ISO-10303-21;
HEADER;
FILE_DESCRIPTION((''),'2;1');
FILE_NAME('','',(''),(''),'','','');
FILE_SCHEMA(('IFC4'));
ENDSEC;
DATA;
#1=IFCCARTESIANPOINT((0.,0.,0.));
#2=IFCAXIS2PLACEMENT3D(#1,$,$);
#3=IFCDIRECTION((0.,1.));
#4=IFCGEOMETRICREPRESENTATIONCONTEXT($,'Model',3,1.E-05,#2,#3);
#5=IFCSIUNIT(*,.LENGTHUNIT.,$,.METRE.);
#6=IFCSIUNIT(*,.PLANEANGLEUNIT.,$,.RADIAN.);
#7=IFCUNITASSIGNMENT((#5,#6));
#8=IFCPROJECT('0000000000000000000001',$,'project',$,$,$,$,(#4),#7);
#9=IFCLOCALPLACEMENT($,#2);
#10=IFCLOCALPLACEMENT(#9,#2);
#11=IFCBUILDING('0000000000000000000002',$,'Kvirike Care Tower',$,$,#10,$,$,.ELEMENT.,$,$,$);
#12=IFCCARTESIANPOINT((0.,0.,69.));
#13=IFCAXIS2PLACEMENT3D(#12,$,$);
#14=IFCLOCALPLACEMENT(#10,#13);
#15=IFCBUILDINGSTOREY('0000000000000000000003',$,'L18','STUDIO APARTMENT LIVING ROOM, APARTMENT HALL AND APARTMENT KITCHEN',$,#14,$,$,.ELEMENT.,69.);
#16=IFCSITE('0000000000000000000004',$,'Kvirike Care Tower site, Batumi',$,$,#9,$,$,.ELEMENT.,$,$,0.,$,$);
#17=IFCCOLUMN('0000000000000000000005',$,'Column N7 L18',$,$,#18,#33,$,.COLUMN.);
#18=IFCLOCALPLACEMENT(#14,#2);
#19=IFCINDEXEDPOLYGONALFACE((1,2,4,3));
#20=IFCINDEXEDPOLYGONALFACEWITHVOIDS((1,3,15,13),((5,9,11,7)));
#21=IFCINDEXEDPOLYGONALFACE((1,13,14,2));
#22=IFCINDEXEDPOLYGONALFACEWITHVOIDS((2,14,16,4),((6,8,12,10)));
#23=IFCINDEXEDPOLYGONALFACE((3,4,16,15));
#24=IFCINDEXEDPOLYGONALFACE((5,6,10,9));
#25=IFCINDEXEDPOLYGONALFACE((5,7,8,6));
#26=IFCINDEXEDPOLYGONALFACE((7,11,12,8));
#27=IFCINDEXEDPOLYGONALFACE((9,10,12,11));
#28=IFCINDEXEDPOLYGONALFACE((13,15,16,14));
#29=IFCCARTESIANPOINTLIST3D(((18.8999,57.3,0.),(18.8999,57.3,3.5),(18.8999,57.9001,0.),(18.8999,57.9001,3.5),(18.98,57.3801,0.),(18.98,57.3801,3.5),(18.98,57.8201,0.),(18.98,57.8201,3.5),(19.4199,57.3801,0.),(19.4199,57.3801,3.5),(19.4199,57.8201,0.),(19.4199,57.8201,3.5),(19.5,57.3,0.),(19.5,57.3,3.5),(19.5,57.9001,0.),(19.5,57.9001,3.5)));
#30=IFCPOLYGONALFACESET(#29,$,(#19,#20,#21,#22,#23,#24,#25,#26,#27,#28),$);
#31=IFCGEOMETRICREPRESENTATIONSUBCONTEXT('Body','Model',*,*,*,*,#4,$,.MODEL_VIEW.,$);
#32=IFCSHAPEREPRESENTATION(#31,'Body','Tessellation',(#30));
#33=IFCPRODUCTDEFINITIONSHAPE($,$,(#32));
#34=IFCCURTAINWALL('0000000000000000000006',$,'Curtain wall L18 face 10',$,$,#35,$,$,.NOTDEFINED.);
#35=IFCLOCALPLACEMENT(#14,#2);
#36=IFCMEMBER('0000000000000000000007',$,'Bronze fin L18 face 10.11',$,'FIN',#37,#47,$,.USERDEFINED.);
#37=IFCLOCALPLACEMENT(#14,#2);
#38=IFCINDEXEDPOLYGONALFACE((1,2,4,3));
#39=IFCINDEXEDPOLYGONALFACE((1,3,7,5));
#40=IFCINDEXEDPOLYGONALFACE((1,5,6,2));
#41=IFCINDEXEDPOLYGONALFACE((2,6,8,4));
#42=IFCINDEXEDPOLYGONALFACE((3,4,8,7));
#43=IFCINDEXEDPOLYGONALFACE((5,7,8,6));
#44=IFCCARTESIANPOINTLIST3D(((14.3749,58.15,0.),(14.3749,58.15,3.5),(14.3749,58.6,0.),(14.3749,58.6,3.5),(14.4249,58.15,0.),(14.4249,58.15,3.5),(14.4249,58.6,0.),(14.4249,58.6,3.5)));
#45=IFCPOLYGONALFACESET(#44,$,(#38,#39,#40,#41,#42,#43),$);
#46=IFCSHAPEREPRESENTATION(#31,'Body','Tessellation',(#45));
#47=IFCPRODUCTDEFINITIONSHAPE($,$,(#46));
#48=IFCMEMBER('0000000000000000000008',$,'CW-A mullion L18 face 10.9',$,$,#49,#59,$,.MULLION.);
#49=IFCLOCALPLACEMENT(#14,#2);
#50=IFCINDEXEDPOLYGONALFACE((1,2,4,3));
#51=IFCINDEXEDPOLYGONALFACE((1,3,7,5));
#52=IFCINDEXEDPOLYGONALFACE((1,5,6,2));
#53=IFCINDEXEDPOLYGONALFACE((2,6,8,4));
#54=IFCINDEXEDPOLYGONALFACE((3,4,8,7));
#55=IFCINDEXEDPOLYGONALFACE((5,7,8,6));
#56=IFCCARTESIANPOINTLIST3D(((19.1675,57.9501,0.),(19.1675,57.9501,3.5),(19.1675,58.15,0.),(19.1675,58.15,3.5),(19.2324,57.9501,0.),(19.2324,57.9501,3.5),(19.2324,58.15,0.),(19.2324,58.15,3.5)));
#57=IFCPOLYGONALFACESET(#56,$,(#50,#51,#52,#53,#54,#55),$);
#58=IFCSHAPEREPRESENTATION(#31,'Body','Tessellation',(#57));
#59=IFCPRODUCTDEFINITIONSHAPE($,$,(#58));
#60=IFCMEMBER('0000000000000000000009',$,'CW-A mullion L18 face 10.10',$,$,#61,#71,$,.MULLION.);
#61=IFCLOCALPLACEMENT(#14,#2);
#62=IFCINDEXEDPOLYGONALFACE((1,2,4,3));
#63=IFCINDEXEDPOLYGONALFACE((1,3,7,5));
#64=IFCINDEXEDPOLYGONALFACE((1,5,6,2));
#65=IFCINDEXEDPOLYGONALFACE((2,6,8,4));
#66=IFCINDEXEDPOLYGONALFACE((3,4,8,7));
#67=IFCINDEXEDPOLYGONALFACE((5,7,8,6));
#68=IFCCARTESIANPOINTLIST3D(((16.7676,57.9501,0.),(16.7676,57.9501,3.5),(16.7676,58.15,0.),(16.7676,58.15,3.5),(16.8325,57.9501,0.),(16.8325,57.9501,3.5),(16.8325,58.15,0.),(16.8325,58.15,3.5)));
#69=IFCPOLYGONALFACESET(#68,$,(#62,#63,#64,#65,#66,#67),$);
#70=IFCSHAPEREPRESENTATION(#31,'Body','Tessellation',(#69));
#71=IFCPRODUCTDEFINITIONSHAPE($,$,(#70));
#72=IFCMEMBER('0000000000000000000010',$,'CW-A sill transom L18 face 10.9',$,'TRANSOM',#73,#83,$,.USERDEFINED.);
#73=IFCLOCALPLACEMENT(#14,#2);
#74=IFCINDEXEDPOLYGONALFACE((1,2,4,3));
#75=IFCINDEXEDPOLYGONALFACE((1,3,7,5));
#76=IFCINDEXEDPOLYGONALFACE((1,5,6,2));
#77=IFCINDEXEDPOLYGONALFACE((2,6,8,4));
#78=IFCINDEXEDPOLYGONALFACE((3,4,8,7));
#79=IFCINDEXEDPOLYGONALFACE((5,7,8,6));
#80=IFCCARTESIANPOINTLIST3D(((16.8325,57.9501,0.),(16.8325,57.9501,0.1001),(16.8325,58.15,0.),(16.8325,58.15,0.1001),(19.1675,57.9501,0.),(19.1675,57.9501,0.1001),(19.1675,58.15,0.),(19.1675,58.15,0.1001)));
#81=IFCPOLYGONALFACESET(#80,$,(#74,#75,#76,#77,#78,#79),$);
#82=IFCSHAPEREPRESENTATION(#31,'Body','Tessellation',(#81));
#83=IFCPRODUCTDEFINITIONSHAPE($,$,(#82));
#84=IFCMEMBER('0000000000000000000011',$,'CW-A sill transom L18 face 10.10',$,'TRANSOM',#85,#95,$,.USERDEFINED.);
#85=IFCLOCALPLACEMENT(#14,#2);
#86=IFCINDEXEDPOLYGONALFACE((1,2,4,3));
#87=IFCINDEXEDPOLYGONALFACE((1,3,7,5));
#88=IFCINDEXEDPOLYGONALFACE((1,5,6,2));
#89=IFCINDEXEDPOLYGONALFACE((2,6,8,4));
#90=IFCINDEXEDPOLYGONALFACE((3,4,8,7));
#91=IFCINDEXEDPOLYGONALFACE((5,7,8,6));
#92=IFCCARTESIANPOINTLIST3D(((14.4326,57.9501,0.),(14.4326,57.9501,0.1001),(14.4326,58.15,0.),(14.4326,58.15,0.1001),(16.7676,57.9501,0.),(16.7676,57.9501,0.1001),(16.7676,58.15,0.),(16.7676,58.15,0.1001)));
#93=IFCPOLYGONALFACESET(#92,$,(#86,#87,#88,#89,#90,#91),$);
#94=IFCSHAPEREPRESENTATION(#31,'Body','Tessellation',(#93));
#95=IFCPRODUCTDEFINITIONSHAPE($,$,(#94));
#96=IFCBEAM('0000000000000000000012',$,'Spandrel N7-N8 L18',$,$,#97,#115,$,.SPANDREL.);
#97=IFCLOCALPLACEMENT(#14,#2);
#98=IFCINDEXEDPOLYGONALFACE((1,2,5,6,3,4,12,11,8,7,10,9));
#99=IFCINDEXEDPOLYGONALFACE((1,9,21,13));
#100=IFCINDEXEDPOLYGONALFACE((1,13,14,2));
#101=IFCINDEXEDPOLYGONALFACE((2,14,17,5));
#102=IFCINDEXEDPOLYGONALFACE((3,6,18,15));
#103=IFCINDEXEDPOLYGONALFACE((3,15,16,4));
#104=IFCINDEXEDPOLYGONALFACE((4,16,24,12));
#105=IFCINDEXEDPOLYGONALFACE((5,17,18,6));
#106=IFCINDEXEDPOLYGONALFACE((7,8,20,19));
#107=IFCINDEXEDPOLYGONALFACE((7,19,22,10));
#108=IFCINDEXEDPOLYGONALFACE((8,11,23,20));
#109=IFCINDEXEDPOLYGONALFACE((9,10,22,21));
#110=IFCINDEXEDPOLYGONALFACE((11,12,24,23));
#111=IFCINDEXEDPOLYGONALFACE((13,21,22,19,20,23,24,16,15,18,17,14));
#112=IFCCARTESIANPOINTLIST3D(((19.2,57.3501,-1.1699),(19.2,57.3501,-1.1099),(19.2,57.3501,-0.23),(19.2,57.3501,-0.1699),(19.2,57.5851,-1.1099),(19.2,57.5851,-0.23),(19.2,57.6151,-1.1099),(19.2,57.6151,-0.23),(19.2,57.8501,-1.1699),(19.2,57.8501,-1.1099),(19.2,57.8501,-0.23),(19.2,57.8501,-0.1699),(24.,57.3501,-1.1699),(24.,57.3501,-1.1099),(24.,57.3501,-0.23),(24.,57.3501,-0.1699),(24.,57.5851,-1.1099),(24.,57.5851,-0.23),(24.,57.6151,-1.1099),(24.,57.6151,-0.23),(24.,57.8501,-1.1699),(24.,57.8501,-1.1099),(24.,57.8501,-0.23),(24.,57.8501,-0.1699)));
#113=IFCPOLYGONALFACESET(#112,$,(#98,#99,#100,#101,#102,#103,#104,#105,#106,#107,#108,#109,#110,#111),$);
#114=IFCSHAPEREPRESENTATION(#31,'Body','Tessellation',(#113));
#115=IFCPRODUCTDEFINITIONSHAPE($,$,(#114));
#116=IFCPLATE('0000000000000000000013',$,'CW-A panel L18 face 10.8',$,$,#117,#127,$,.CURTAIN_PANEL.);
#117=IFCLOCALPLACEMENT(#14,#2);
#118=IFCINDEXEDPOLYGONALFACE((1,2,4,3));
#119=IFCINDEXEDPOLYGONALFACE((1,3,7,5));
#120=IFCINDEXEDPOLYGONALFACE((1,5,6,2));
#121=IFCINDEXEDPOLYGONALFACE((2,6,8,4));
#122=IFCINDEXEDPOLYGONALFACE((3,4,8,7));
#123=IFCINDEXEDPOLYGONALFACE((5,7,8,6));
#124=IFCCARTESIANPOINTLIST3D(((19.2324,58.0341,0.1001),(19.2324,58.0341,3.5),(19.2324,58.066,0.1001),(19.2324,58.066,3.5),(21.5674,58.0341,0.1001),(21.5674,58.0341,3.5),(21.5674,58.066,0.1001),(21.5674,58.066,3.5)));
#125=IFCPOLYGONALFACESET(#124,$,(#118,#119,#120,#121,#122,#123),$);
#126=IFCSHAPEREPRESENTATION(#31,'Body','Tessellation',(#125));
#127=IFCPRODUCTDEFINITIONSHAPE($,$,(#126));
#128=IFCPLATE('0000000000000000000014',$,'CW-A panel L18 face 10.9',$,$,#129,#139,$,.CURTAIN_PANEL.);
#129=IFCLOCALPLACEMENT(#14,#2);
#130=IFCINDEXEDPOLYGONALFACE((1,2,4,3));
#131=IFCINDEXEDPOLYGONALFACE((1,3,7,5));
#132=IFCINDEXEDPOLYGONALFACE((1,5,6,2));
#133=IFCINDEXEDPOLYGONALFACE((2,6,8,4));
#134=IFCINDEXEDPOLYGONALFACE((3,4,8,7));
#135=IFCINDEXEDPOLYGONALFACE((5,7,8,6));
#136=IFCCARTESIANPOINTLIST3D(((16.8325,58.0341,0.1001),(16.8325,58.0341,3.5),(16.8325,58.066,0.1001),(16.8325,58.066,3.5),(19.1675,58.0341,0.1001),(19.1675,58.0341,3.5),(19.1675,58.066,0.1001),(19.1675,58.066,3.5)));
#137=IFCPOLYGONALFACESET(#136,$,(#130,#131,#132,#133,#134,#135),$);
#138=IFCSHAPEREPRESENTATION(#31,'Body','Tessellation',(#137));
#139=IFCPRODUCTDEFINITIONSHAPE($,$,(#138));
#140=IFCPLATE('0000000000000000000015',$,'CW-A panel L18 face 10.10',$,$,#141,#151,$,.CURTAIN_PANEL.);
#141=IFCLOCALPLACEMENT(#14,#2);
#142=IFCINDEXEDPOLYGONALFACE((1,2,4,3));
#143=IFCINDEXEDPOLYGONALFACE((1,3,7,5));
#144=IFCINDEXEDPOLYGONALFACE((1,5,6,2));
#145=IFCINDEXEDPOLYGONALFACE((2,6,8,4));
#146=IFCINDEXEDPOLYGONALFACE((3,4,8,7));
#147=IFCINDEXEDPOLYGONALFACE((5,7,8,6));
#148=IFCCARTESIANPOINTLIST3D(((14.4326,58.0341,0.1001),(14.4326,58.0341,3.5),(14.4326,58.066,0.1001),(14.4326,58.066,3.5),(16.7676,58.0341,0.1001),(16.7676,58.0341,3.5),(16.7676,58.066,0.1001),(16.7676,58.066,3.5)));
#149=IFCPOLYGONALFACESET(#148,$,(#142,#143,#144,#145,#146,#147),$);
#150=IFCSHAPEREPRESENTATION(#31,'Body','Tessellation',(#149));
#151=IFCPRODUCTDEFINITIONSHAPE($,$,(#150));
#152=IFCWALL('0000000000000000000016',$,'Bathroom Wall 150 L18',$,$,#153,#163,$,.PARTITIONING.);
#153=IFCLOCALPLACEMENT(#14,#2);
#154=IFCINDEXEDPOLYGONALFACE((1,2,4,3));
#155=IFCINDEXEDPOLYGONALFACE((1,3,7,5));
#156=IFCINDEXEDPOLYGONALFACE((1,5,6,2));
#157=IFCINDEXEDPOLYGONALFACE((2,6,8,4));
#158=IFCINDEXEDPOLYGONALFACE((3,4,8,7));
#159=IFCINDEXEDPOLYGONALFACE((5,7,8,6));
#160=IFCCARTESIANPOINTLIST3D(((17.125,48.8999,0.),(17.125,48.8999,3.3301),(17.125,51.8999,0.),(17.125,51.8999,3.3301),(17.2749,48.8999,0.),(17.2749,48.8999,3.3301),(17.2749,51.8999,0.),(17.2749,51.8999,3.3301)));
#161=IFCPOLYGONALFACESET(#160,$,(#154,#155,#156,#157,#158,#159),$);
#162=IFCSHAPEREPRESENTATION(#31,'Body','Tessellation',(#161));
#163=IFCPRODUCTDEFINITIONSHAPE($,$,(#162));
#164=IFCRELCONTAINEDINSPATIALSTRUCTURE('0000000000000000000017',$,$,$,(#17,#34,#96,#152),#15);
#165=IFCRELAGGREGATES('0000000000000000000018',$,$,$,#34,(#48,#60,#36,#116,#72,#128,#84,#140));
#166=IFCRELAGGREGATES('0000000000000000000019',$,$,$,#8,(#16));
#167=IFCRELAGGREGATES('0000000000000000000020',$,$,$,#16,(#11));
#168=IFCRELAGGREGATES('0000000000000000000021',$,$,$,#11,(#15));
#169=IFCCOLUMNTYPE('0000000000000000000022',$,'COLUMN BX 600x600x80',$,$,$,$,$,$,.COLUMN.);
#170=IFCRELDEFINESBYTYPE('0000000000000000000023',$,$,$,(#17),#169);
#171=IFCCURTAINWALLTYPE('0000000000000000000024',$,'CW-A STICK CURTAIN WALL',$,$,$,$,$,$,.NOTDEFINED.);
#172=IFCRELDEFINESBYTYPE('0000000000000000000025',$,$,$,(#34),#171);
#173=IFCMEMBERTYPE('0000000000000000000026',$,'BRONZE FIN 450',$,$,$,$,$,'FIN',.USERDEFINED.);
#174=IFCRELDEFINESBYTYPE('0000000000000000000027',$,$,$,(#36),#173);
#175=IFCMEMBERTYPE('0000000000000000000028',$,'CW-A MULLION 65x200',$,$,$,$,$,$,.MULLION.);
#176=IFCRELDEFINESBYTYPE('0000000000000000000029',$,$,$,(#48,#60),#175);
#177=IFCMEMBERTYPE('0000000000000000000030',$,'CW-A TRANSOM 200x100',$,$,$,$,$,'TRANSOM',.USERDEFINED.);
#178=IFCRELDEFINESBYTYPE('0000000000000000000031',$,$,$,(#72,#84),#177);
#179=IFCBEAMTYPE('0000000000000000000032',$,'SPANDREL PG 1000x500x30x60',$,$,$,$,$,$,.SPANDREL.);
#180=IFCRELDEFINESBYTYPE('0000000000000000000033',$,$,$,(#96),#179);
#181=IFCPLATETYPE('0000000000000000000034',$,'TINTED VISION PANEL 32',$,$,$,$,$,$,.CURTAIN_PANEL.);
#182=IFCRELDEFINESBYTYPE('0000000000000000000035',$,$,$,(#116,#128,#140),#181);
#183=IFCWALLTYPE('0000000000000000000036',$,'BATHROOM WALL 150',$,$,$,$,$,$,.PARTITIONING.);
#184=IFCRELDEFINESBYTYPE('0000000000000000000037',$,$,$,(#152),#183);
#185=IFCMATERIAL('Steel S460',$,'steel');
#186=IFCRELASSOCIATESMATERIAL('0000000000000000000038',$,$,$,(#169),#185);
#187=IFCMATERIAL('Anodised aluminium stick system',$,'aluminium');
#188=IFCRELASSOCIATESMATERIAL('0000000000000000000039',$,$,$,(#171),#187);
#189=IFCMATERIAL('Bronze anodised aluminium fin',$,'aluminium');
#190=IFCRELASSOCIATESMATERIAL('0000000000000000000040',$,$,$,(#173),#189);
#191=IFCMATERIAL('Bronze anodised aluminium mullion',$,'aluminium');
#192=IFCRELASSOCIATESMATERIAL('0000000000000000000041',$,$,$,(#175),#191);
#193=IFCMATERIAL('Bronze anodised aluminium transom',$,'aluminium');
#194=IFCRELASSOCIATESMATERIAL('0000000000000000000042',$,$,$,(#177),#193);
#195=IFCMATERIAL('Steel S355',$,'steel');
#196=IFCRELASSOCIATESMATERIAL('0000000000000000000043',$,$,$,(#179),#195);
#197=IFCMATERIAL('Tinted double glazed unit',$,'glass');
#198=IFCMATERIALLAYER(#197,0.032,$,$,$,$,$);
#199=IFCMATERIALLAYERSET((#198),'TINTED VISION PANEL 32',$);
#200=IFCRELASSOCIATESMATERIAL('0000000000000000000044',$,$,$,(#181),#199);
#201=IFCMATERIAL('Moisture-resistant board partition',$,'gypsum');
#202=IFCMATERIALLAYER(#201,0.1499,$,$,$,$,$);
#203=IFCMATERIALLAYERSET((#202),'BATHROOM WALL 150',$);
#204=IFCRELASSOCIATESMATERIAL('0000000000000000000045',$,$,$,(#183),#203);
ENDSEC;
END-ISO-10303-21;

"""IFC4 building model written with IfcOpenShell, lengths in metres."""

from ifc_helpers import new_model, si_unit, direction, frame, frame_2d, origin, origin_2d, place, context, subcontext, project, spatial, rectangle, hollow_rectangle, i_section, extrude, material, layer, layer_set, material_profile, profile_set, type_object, element, aggregate, save


model = new_model("IFC4")

# Units and contexts
model_context = context("Model", 3, precision=1e-05, world=origin(), true_north=direction((0.0, 1.0)))
body_context = subcontext(model_context, "Body", "Model", "MODEL_VIEW")
ifc_project = project(units=[si_unit("LENGTHUNIT", "METRE"), si_unit("PLANEANGLEUNIT", "RADIAN")], contexts=[model_context])

# Site, building, storey
site_placement = place(None, origin())
site = spatial("IfcSite", under=ifc_project, at=site_placement, Name="Kvirike Care Tower site, Batumi", CompositionType="ELEMENT", RefElevation=0.0)
building_placement = place(site_placement, origin())
building = spatial("IfcBuilding", under=site, at=building_placement, Name="Kvirike Care Tower", CompositionType="ELEMENT")
storey_placement = place(building_placement, frame((0.0, 0.0, 69.0)))
storey = spatial("IfcBuildingStorey", under=building, at=storey_placement, Name="L18", Description="STUDIO APARTMENT LIVING ROOM, APARTMENT HALL AND APARTMENT KITCHEN", CompositionType="ELEMENT", Elevation=69.0)

# Column
ifc_material_1 = material(Name="Steel S460", Category="steel")
ifc_material_profile_1 = material_profile(ifc_material_1, hollow_rectangle(XDim=0.6001, YDim=0.6001, WallThickness=0.0801, at=origin_2d()), Name="BX 600x600x80")
ifc_profile_set_1 = profile_set([ifc_material_profile_1], Name="Steel S460")
column_type = type_object("IfcColumnType", Name="COLUMN BX 600x600x80", PredefinedType="COLUMN", material=ifc_profile_set_1)
column_placement = place(storey_placement, frame((19.2, 57.6001, 0.0), z_axis=(0.0, 0.0, 1.0), x_axis=(0.0, 1.0, 0.0)))
element("IfcColumn", 1, at=column_placement, inside=storey, type_object=column_type, Name="Column N7 L18", PredefinedType="COLUMN", context=body_context, shape_type="SweptSolid", body=[
    extrude(hollow_rectangle(XDim=0.6001, YDim=0.6001, WallThickness=0.0801, at=origin_2d()), origin(), (0.0, 0.0, 1.0), 3.5),
])

# Curtain wall, members
ifc_material_2 = material(Name="Anodised aluminium stick system", Category="aluminium")
curtain_wall_type = type_object("IfcCurtainWallType", Name="CW-A STICK CURTAIN WALL", PredefinedType="NOTDEFINED", material=ifc_material_2)
curtain_wall_placement = place(storey_placement, origin())
curtain_wall = element("IfcCurtainWall", 2, at=curtain_wall_placement, inside=storey, type_object=curtain_wall_type, Name="Curtain wall L18 face 10", PredefinedType="NOTDEFINED")
ifc_material_3 = material(Name="Bronze anodised aluminium fin", Category="aluminium")
ifc_material_profile_2 = material_profile(ifc_material_3, rectangle(XDim=0.05, YDim=0.45, at=origin_2d()), Name="BRONZE FIN 450")
ifc_profile_set_2 = profile_set([ifc_material_profile_2], Name="Bronze anodised aluminium fin")
member_type_1 = type_object("IfcMemberType", Name="BRONZE FIN 450", ElementType="FIN", PredefinedType="USERDEFINED", material=ifc_profile_set_2)
member_1_placement = place(storey_placement, frame((14.3999, 58.375, 0.0), z_axis=(0.0, 0.0, 1.0), x_axis=(-1.0, 0.0, 0.0)))
member_1 = element("IfcMember", 3, at=member_1_placement, type_object=member_type_1, Name="Bronze fin L18 face 10.11", ObjectType="FIN", PredefinedType="USERDEFINED", context=body_context, shape_type="SweptSolid", body=[
    extrude(rectangle(XDim=0.05, YDim=0.45, at=origin_2d()), origin(), (0.0, 0.0, 1.0), 3.5),
])
ifc_material_4 = material(Name="Bronze anodised aluminium mullion", Category="aluminium")
ifc_material_profile_3 = material_profile(ifc_material_4, rectangle(XDim=0.0649, YDim=0.2, at=origin_2d()), Name="CW-A MULLION 65x200")
ifc_profile_set_3 = profile_set([ifc_material_profile_3], Name="Bronze anodised aluminium mullion")
member_type_2 = type_object("IfcMemberType", Name="CW-A MULLION 65x200", PredefinedType="MULLION", material=ifc_profile_set_3)
member_2_placement = place(storey_placement, frame((19.2, 58.05, 0.0), z_axis=(0.0, 0.0, 1.0), x_axis=(-1.0, 0.0, 0.0)))
member_2 = element("IfcMember", 4, at=member_2_placement, type_object=member_type_2, Name="CW-A mullion L18 face 10.9", PredefinedType="MULLION", context=body_context, shape_type="SweptSolid", body=[
    extrude(rectangle(XDim=0.0649, YDim=0.2, at=origin_2d()), origin(), (0.0, 0.0, 1.0), 3.5),
])
member_3_placement = place(storey_placement, frame((16.8, 58.05, 0.0), z_axis=(0.0, 0.0, 1.0), x_axis=(-1.0, 0.0, 0.0)))
member_3 = element("IfcMember", 5, at=member_3_placement, type_object=member_type_2, Name="CW-A mullion L18 face 10.10", PredefinedType="MULLION", context=body_context, shape_type="SweptSolid", body=[
    extrude(rectangle(XDim=0.0649, YDim=0.2, at=origin_2d()), origin(), (0.0, 0.0, 1.0), 3.5),
])
ifc_material_5 = material(Name="Bronze anodised aluminium transom", Category="aluminium")
ifc_material_profile_4 = material_profile(ifc_material_5, rectangle(XDim=0.2, YDim=0.1001, at=origin_2d()), Name="CW-A TRANSOM 200x100")
ifc_profile_set_4 = profile_set([ifc_material_profile_4], Name="Bronze anodised aluminium transom")
member_type_3 = type_object("IfcMemberType", Name="CW-A TRANSOM 200x100", ElementType="TRANSOM", PredefinedType="USERDEFINED", material=ifc_profile_set_4)
member_4_placement = place(storey_placement, frame((19.1675, 58.05, 0.05), z_axis=(-1.0, 0.0, 0.0), x_axis=(0.0, -1.0, 0.0)))
member_4 = element("IfcMember", 6, at=member_4_placement, type_object=member_type_3, Name="CW-A sill transom L18 face 10.9", ObjectType="TRANSOM", PredefinedType="USERDEFINED", context=body_context, shape_type="SweptSolid", body=[
    extrude(rectangle(XDim=0.2, YDim=0.1001, at=origin_2d()), origin(), (0.0, 0.0, 1.0), 2.335),
])
member_5_placement = place(storey_placement, frame((16.7676, 58.05, 0.05), z_axis=(-1.0, 0.0, 0.0), x_axis=(0.0, -1.0, 0.0)))
member_5 = element("IfcMember", 7, at=member_5_placement, type_object=member_type_3, Name="CW-A sill transom L18 face 10.10", ObjectType="TRANSOM", PredefinedType="USERDEFINED", context=body_context, shape_type="SweptSolid", body=[
    extrude(rectangle(XDim=0.2, YDim=0.1001, at=origin_2d()), origin(), (0.0, 0.0, 1.0), 2.335),
])

# Beam
ifc_material_6 = material(Name="Steel S355", Category="steel")
ifc_material_profile_5 = material_profile(ifc_material_6, i_section(OverallWidth=0.5, OverallDepth=1.0, WebThickness=0.03, FlangeThickness=0.0601, at=origin_2d()), Name="PG 1000x500x30x60")
ifc_profile_set_5 = profile_set([ifc_material_profile_5], Name="Steel S355")
beam_type = type_object("IfcBeamType", Name="SPANDREL PG 1000x500x30x60", PredefinedType="SPANDREL", material=ifc_profile_set_5)
beam_placement = place(storey_placement, frame((19.2, 57.6001, -0.6699), z_axis=(1.0, 0.0, 0.0), x_axis=(0.0, 1.0, 0.0)))
element("IfcBeam", 8, at=beam_placement, inside=storey, type_object=beam_type, Name="Spandrel N7-N8 L18", PredefinedType="SPANDREL", context=body_context, shape_type="SweptSolid", body=[
    extrude(i_section(OverallWidth=0.5, OverallDepth=1.0, WebThickness=0.03, FlangeThickness=0.0601, at=origin_2d()), origin(), (0.0, 0.0, 1.0), 4.8),
])

# Plates
ifc_material_7 = material(Name="Tinted double glazed unit", Category="glass")
ifc_layer_1 = layer(ifc_material_7, 0.032)
ifc_layer_set_1 = layer_set([ifc_layer_1], Name="TINTED VISION PANEL 32")
plate_type = type_object("IfcPlateType", Name="TINTED VISION PANEL 32", PredefinedType="CURTAIN_PANEL", material=ifc_layer_set_1)
plate_1_placement = place(storey_placement, frame((20.3999, 58.05, 0.1001), z_axis=(0.0, 0.0, 1.0), x_axis=(-1.0, 0.0, 0.0)))
plate_1 = element("IfcPlate", 9, at=plate_1_placement, type_object=plate_type, Name="CW-A panel L18 face 10.8", PredefinedType="CURTAIN_PANEL", context=body_context, shape_type="SweptSolid", body=[
    extrude(rectangle(XDim=2.335, YDim=0.032, at=origin_2d()), origin(), (0.0, 0.0, 1.0), 3.3999),
])
plate_2_placement = place(storey_placement, frame((18.0, 58.05, 0.1001), z_axis=(0.0, 0.0, 1.0), x_axis=(-1.0, 0.0, 0.0)))
plate_2 = element("IfcPlate", 10, at=plate_2_placement, type_object=plate_type, Name="CW-A panel L18 face 10.9", PredefinedType="CURTAIN_PANEL", context=body_context, shape_type="SweptSolid", body=[
    extrude(rectangle(XDim=2.335, YDim=0.032, at=origin_2d()), origin(), (0.0, 0.0, 1.0), 3.3999),
])
plate_3_placement = place(storey_placement, frame((15.6001, 58.05, 0.1001), z_axis=(0.0, 0.0, 1.0), x_axis=(-1.0, 0.0, 0.0)))
plate_3 = element("IfcPlate", 11, at=plate_3_placement, type_object=plate_type, Name="CW-A panel L18 face 10.10", PredefinedType="CURTAIN_PANEL", context=body_context, shape_type="SweptSolid", body=[
    extrude(rectangle(XDim=2.335, YDim=0.032, at=origin_2d()), origin(), (0.0, 0.0, 1.0), 3.3999),
])
aggregate(curtain_wall, [member_2, member_3, member_1, plate_1, member_4, plate_2, member_5, plate_3])

# Wall
ifc_material_8 = material(Name="Moisture-resistant board partition", Category="gypsum")
ifc_layer_2 = layer(ifc_material_8, 0.1499)
ifc_layer_set_2 = layer_set([ifc_layer_2], Name="BATHROOM WALL 150")
wall_type_1 = type_object("IfcWallType", Name="BATHROOM WALL 150", PredefinedType="PARTITIONING", material=ifc_layer_set_2)
wall_1_placement = place(storey_placement, frame((17.2, 51.8999, 0.0), z_axis=(0.0, 0.0, 1.0), x_axis=(0.0, -1.0, 0.0)))
element("IfcWall", 12, at=wall_1_placement, inside=storey, type_object=wall_type_1, Name="Bathroom Wall 150 L18", PredefinedType="PARTITIONING", context=body_context, shape_type="SweptSolid", body=[
    extrude(rectangle(XDim=3.0, YDim=0.1499, at=frame_2d((1.5, 0.0))), origin(), (0.0, 0.0, 1.0), 3.3301),
])

save(model, "model.ifc")
